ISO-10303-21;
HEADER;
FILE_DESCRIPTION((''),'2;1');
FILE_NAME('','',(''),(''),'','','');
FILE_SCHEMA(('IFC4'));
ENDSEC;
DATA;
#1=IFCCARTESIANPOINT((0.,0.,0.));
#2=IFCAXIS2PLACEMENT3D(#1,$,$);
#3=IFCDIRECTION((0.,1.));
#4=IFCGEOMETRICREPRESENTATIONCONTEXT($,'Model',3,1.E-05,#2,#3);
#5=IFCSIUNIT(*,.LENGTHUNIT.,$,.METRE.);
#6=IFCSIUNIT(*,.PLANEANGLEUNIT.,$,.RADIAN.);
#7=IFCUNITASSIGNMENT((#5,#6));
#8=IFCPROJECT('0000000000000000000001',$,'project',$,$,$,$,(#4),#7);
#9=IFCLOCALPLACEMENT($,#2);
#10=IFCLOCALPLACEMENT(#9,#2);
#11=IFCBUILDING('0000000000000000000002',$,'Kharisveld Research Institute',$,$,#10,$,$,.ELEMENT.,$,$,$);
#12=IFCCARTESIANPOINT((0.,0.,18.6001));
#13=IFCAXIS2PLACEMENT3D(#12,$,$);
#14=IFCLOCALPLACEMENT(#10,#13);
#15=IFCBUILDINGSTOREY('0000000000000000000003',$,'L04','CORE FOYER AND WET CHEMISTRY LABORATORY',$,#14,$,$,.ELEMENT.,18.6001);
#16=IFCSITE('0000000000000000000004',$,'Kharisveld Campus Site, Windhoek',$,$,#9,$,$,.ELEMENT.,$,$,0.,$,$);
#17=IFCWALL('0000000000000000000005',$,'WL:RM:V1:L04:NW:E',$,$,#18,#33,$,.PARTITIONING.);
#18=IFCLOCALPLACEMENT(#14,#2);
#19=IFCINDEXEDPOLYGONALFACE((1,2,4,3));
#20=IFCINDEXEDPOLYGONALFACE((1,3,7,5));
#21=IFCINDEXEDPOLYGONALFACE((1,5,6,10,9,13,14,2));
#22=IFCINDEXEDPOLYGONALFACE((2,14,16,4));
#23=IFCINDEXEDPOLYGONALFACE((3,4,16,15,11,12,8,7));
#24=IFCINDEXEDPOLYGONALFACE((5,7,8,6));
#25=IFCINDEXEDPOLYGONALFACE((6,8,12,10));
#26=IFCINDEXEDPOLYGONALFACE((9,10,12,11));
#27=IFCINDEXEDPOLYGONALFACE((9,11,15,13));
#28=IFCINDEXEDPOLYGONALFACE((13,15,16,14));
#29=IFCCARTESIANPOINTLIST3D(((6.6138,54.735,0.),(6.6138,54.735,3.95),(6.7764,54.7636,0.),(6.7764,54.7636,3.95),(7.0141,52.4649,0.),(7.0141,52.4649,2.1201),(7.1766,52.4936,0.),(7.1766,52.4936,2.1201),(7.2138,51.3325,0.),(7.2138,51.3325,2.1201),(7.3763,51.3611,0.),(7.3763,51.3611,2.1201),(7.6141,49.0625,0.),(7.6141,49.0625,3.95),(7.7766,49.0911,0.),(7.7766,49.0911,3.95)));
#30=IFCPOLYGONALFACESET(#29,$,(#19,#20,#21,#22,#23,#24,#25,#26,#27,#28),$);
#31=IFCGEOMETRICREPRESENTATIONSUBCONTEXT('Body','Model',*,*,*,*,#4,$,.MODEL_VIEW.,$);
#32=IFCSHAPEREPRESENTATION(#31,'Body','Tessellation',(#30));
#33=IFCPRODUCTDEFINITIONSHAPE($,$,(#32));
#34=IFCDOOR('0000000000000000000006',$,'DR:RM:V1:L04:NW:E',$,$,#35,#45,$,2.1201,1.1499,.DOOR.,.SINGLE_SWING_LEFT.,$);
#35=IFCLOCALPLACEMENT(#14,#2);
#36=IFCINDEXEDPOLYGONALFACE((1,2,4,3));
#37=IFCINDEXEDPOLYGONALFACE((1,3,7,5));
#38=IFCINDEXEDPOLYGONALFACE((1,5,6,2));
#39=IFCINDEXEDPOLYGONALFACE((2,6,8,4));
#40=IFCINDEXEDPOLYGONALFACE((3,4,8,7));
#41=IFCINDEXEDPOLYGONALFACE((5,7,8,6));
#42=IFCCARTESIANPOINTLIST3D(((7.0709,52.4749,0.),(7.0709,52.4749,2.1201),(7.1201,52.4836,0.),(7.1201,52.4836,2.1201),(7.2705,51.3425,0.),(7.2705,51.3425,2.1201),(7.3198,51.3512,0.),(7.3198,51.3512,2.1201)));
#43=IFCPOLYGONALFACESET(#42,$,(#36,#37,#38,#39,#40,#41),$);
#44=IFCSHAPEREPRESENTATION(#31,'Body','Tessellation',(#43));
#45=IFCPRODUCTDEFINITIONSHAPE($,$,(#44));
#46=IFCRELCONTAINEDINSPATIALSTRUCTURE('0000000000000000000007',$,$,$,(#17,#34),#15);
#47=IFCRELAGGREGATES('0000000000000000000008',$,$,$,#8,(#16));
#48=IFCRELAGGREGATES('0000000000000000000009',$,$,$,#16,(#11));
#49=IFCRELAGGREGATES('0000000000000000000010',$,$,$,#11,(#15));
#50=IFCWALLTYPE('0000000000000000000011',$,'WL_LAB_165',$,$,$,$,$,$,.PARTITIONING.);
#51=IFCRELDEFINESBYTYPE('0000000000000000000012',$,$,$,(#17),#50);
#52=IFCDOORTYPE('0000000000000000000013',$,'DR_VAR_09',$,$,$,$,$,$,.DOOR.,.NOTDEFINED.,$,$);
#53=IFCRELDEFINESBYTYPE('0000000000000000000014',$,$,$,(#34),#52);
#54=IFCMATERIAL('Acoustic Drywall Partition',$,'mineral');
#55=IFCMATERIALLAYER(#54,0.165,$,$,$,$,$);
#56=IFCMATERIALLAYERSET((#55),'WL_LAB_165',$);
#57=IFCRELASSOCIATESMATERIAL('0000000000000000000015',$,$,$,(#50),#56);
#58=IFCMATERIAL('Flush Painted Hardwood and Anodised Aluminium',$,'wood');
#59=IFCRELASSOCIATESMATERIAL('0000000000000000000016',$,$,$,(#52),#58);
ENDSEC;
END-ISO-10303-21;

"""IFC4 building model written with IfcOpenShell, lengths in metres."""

from ifc_helpers import new_model, si_unit, direction, frame, frame_2d, origin, place, context, subcontext, project, spatial, rectangle, extrude, material, layer, layer_set, type_object, element, fill, save


model = new_model("IFC4")

# Units and contexts
model_context = context("Model", 3, precision=1e-05, world=origin(), true_north=direction((0.0, 1.0)))
body_context = subcontext(model_context, "Body", "Model", "MODEL_VIEW")
ifc_project = project(units=[si_unit("LENGTHUNIT", "METRE"), si_unit("PLANEANGLEUNIT", "RADIAN")], contexts=[model_context])

# Site, building, storey
site_placement = place(None, origin())
site = spatial("IfcSite", under=ifc_project, at=site_placement, Name="Kharisveld Campus Site, Windhoek", CompositionType="ELEMENT", RefElevation=0.0)
building_placement = place(site_placement, origin())
building = spatial("IfcBuilding", under=site, at=building_placement, Name="Kharisveld Research Institute", CompositionType="ELEMENT")
storey_placement = place(building_placement, frame((0.0, 0.0, 18.6001)))
storey = spatial("IfcBuildingStorey", under=building, at=storey_placement, Name="L04", Description="CORE FOYER AND WET CHEMISTRY LABORATORY", CompositionType="ELEMENT", Elevation=18.6001)

# Wall, opening, door
ifc_material_1 = material(Name="Acoustic Drywall Partition", Category="mineral")
ifc_layer_1 = layer(ifc_material_1, 0.165)
ifc_layer_set_1 = layer_set([ifc_layer_1], Name="WL_LAB_165")
wall_type_1 = type_object("IfcWallType", Name="WL_LAB_165", PredefinedType="PARTITIONING", material=ifc_layer_set_1)
wall_1_placement = place(storey_placement, frame((7.6953, 49.0769, 0.0), z_axis=(0.0, 0.0, 1.0), x_axis=(-0.17365, 0.984807, 0.0)))
wall_1 = element("IfcWall", 1, at=wall_1_placement, inside=storey, type_object=wall_type_1, Name="WL:RM:V1:L04:NW:E", PredefinedType="PARTITIONING", context=body_context, shape_type="SweptSolid", body=[
    extrude(rectangle(XDim=5.76, YDim=0.165, at=frame_2d((2.8799, 0.0))), origin(), (0.0, 0.0, 1.0), 3.95),
])
opening_1_placement = place(wall_1_placement, frame((2.3049, 0.0, 0.0)))
opening_1 = element("IfcOpeningElement", 2, at=opening_1_placement, cuts=wall_1, PredefinedType="OPENING", context=body_context, shape_type="SweptSolid", body=[
    extrude(rectangle(XDim=1.1499, YDim=2.1201, at=frame_2d((0.575, 1.0601))), frame((0.0, 0.0825, 0.0), z_axis=(0.0, -1.0, 0.0), x_axis=(1.0, 0.0, 0.0)), (0.0, 0.0, 1.0), 0.165),
])
ifc_material_2 = material(Name="Flush Painted Hardwood and Anodised Aluminium", Category="wood")
door_type_1 = type_object("IfcDoorType", Name="DR_VAR_09", OperationType="NOTDEFINED", PredefinedType="DOOR", material=ifc_material_2)
door_1_placement = place(opening_1_placement, origin())
door_1 = element("IfcDoor", 3, at=door_1_placement, inside=storey, type_object=door_type_1, Name="DR:RM:V1:L04:NW:E", OperationType="SINGLE_SWING_LEFT", OverallHeight=2.1201, OverallWidth=1.1499, PredefinedType="DOOR", context=body_context, shape_type="SweptSolid", body=[
    extrude(rectangle(XDim=1.1499, YDim=2.1201, at=frame_2d((0.575, 1.0601))), frame((0.0, 0.0249, 0.0), z_axis=(0.0, -1.0, 0.0), x_axis=(1.0, 0.0, 0.0)), (0.0, 0.0, 1.0), 0.05),
])
fill(opening_1, door_1)

save(model, "model.ifc")
